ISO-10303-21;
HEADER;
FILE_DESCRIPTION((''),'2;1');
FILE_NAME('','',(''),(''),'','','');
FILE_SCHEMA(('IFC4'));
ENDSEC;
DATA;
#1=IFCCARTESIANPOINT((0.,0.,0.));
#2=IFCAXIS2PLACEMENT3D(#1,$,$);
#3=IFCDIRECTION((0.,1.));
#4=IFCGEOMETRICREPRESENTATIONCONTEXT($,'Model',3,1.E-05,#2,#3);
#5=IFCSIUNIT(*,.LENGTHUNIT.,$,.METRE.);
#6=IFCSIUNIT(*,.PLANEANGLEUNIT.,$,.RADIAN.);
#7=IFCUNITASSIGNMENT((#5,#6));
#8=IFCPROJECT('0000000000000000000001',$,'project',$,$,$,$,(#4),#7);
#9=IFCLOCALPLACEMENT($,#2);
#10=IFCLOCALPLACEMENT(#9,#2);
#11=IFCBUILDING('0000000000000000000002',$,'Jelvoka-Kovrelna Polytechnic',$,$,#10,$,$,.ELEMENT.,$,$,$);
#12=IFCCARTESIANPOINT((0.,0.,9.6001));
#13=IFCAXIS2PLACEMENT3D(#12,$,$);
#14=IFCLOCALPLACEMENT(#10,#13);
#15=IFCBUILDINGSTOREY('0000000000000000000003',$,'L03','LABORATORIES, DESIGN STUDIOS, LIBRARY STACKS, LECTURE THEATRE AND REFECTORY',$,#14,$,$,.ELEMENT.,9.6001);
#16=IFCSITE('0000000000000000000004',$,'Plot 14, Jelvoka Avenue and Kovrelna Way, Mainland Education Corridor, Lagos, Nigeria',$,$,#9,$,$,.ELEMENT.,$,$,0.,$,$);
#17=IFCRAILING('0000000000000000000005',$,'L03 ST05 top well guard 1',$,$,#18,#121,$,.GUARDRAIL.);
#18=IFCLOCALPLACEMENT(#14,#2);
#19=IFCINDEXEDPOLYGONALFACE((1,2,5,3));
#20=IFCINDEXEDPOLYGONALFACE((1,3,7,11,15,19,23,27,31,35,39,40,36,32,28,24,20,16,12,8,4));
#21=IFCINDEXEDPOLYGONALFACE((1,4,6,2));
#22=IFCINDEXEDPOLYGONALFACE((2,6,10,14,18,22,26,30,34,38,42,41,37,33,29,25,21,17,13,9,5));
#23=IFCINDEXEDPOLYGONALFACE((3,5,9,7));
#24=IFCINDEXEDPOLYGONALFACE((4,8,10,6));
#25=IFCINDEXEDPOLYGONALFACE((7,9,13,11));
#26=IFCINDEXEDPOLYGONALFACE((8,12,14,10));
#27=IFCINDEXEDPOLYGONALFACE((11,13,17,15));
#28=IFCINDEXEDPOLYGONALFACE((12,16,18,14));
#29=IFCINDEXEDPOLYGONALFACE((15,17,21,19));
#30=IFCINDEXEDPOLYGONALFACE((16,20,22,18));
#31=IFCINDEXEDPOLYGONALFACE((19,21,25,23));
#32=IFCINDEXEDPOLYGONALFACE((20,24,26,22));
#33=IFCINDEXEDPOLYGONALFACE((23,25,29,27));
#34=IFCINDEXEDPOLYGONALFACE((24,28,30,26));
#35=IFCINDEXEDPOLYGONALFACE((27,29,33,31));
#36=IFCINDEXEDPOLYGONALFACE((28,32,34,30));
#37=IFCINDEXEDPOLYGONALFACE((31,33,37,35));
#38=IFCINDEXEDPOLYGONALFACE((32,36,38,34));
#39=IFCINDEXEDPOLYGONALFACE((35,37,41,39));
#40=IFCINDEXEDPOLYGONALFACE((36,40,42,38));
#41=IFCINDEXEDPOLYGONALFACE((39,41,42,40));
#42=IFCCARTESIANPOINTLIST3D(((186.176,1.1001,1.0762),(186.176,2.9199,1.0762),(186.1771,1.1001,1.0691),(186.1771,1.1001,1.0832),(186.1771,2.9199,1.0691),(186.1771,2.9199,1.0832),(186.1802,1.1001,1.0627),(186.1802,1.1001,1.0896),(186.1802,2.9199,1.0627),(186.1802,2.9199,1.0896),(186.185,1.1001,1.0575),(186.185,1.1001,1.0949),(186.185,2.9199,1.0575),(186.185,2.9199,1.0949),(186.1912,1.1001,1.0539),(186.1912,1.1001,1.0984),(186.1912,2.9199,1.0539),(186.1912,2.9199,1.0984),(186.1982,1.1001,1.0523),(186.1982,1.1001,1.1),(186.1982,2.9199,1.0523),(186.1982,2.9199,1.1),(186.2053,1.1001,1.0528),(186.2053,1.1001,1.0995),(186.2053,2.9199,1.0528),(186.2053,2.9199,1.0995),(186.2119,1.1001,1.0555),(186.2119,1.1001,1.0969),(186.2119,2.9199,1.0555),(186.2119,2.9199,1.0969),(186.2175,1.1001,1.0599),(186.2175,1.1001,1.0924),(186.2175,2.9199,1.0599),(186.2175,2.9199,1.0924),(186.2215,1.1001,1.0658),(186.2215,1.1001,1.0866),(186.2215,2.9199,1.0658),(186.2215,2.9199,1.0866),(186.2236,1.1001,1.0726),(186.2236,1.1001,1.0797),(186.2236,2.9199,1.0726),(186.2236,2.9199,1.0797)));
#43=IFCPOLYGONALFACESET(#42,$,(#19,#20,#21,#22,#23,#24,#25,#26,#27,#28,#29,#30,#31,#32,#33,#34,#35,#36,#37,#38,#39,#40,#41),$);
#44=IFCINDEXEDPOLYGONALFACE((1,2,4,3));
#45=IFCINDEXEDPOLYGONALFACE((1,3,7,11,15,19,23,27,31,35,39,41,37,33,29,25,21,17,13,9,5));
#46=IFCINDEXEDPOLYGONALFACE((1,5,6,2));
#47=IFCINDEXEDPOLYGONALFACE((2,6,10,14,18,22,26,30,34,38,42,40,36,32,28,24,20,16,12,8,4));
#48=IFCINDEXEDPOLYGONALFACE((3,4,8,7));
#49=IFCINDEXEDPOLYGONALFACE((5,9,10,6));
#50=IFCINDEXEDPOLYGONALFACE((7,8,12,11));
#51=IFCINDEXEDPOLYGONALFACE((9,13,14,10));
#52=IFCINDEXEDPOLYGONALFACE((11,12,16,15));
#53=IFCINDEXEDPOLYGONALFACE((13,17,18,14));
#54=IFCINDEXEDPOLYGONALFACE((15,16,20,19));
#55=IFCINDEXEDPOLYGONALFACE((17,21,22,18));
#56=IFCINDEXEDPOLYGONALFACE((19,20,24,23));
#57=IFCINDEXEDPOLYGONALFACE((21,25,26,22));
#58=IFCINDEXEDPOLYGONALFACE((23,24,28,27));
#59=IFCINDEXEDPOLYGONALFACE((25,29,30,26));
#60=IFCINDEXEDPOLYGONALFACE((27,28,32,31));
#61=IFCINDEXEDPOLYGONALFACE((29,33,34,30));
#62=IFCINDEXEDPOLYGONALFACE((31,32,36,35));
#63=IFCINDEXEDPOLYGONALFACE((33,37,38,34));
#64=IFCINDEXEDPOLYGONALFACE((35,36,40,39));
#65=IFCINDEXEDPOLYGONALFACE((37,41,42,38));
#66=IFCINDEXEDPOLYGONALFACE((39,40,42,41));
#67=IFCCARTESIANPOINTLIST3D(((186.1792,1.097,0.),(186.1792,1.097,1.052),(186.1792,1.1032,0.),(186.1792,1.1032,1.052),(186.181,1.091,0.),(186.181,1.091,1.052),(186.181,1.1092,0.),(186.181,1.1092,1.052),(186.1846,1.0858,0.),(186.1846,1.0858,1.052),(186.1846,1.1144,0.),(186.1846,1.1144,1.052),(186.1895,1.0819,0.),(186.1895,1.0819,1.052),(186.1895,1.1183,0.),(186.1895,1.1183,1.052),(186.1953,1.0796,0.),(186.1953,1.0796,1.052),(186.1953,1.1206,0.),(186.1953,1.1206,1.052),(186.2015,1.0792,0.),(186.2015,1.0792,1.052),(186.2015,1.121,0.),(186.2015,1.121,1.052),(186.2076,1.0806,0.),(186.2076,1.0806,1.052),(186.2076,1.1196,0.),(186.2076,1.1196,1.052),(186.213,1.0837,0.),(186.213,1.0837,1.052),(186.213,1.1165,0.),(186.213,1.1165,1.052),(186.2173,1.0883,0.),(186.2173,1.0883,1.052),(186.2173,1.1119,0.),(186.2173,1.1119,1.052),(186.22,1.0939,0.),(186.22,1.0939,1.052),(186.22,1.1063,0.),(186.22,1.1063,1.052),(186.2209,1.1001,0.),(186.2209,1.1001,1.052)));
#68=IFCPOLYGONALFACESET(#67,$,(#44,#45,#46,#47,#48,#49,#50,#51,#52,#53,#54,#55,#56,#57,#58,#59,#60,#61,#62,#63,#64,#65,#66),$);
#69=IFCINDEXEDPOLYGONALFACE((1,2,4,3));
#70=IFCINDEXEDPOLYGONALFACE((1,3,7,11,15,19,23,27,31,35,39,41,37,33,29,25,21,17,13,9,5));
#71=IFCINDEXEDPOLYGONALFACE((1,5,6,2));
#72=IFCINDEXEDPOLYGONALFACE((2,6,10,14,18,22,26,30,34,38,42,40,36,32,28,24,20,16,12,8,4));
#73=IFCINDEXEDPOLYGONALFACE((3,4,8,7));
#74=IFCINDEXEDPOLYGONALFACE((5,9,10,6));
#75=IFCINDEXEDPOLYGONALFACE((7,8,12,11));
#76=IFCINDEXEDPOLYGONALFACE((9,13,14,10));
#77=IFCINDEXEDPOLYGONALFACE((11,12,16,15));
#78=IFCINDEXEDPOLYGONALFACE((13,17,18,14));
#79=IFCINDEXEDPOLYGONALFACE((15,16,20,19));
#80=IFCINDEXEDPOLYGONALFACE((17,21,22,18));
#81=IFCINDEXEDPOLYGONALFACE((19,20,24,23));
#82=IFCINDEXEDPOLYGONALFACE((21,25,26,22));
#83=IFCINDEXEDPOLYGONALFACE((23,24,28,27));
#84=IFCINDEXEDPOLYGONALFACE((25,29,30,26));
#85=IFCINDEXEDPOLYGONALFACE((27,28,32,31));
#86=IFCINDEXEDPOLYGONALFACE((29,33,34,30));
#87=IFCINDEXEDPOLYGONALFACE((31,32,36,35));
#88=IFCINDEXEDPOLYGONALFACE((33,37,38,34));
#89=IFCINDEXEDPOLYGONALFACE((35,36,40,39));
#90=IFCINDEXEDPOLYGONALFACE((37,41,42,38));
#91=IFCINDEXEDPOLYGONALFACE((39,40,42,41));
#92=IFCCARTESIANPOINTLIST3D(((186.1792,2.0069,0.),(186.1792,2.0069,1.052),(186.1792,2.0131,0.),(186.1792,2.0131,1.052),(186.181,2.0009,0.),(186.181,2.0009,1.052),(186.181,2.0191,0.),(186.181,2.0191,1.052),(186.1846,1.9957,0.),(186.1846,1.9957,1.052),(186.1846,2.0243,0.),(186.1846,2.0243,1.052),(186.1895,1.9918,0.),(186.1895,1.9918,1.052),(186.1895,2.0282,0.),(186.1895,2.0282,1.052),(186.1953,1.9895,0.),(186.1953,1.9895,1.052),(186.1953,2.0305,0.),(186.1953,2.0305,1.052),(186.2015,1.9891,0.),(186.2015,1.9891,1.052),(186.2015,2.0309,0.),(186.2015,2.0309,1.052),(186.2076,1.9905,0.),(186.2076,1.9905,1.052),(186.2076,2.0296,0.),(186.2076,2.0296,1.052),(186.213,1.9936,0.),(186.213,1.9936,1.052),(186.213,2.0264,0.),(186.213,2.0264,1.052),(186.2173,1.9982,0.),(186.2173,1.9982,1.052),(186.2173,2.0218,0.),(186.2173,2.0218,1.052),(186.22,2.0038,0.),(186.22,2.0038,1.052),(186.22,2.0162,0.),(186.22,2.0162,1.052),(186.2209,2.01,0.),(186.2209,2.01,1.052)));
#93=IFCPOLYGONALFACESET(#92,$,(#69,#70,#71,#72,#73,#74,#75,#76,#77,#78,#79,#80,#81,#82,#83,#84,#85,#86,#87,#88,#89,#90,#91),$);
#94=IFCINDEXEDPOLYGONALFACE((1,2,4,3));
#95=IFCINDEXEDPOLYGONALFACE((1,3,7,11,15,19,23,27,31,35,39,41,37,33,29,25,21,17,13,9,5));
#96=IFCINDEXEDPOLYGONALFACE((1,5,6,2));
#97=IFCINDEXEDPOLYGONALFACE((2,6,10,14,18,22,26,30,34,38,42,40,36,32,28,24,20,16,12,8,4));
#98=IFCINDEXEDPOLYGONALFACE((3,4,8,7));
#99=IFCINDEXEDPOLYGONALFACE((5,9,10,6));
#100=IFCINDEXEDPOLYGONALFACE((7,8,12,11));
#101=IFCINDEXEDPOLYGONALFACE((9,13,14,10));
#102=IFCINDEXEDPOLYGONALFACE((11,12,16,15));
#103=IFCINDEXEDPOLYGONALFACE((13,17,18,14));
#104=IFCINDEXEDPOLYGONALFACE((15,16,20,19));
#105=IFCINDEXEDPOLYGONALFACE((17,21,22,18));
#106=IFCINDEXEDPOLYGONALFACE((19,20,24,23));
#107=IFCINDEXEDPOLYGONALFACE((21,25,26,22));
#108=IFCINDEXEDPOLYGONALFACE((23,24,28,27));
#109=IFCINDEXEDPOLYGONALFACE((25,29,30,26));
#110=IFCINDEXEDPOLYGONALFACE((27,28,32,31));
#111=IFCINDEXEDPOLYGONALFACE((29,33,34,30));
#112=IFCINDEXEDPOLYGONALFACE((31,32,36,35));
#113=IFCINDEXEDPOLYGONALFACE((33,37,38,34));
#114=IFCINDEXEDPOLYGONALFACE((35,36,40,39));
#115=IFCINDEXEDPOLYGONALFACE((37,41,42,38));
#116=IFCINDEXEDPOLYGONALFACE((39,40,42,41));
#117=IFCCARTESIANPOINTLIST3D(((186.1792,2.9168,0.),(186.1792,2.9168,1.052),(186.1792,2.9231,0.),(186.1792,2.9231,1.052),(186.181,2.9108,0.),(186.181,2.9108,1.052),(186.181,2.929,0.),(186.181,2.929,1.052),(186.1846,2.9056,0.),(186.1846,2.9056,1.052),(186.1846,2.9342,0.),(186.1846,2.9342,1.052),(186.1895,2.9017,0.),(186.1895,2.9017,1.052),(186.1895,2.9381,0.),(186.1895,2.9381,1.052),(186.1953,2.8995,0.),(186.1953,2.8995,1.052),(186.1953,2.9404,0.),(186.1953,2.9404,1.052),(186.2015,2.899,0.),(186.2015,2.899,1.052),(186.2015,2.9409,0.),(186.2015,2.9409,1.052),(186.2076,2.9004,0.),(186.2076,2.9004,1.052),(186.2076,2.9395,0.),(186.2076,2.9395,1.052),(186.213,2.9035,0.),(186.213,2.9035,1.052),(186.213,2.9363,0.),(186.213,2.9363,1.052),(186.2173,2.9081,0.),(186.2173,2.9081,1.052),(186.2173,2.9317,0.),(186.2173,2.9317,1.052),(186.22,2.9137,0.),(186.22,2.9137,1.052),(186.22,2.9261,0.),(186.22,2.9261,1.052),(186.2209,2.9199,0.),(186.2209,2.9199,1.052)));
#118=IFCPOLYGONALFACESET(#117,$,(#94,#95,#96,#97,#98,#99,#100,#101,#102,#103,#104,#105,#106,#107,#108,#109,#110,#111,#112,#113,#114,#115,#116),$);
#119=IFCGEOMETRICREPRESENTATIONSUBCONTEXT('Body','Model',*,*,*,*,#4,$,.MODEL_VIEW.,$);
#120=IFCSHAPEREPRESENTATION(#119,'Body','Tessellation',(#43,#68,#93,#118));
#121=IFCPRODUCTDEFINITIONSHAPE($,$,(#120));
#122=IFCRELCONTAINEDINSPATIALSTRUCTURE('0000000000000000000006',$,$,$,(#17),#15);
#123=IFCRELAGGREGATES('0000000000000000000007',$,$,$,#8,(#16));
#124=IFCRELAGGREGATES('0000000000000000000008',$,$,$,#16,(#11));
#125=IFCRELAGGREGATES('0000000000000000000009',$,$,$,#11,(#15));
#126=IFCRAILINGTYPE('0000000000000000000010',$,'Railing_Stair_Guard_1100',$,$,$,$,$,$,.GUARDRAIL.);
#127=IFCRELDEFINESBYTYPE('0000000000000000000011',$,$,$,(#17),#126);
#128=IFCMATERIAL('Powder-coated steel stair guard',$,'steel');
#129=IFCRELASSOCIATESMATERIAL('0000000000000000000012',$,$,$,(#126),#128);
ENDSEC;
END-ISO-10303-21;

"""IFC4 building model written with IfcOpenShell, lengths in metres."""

from ifc_helpers import new_model, si_unit, direction, frame, origin, origin_2d, place, context, subcontext, project, spatial, circle, extrude, material, type_object, element, save


model = new_model("IFC4")

# Units and contexts
model_context = context("Model", 3, precision=1e-05, world=origin(), true_north=direction((0.0, 1.0)))
body_context = subcontext(model_context, "Body", "Model", "MODEL_VIEW")
ifc_project = project(units=[si_unit("LENGTHUNIT", "METRE"), si_unit("PLANEANGLEUNIT", "RADIAN")], contexts=[model_context])

# Site, building, storey
site_placement = place(None, origin())
site = spatial("IfcSite", under=ifc_project, at=site_placement, Name="Plot 14, Jelvoka Avenue and Kovrelna Way, Mainland Education Corridor, Lagos, Nigeria", CompositionType="ELEMENT", RefElevation=0.0)
building_placement = place(site_placement, origin())
building = spatial("IfcBuilding", under=site, at=building_placement, Name="Jelvoka-Kovrelna Polytechnic", CompositionType="ELEMENT")
storey_placement = place(building_placement, frame((0.0, 0.0, 9.6001)))
storey = spatial("IfcBuildingStorey", under=building, at=storey_placement, Name="L03", Description="LABORATORIES, DESIGN STUDIOS, LIBRARY STACKS, LECTURE THEATRE AND REFECTORY", CompositionType="ELEMENT", Elevation=9.6001)

# Railing
ifc_material_1 = material(Name="Powder-coated steel stair guard", Category="steel")
railing_type = type_object("IfcRailingType", Name="Railing_Stair_Guard_1100", PredefinedType="GUARDRAIL", material=ifc_material_1)
railing_placement = place(storey_placement, frame((186.2, 1.1001, 0.0)))
element("IfcRailing", 1, at=railing_placement, inside=storey, type_object=railing_type, Name="L03 ST05 top well guard 1", PredefinedType="GUARDRAIL", context=body_context, shape_type="SweptSolid", body=[
    extrude(circle(Radius=0.0239, at=origin_2d()), frame((0.0, 0.0, 1.0762), z_axis=(0.0, 1.0, 0.0), x_axis=(-1.0, 0.0, 0.0)), (0.0, 0.0, 1.0), 1.8198),
    extrude(circle(Radius=0.021, at=origin_2d()), origin(), (0.0, 0.0, 1.0), 1.052),
    extrude(circle(Radius=0.021, at=origin_2d()), frame((0.0, 0.9099, 0.0)), (0.0, 0.0, 1.0), 1.052),
    extrude(circle(Radius=0.021, at=origin_2d()), frame((0.0, 1.8198, 0.0)), (0.0, 0.0, 1.0), 1.052),
])

save(model, "model.ifc")
